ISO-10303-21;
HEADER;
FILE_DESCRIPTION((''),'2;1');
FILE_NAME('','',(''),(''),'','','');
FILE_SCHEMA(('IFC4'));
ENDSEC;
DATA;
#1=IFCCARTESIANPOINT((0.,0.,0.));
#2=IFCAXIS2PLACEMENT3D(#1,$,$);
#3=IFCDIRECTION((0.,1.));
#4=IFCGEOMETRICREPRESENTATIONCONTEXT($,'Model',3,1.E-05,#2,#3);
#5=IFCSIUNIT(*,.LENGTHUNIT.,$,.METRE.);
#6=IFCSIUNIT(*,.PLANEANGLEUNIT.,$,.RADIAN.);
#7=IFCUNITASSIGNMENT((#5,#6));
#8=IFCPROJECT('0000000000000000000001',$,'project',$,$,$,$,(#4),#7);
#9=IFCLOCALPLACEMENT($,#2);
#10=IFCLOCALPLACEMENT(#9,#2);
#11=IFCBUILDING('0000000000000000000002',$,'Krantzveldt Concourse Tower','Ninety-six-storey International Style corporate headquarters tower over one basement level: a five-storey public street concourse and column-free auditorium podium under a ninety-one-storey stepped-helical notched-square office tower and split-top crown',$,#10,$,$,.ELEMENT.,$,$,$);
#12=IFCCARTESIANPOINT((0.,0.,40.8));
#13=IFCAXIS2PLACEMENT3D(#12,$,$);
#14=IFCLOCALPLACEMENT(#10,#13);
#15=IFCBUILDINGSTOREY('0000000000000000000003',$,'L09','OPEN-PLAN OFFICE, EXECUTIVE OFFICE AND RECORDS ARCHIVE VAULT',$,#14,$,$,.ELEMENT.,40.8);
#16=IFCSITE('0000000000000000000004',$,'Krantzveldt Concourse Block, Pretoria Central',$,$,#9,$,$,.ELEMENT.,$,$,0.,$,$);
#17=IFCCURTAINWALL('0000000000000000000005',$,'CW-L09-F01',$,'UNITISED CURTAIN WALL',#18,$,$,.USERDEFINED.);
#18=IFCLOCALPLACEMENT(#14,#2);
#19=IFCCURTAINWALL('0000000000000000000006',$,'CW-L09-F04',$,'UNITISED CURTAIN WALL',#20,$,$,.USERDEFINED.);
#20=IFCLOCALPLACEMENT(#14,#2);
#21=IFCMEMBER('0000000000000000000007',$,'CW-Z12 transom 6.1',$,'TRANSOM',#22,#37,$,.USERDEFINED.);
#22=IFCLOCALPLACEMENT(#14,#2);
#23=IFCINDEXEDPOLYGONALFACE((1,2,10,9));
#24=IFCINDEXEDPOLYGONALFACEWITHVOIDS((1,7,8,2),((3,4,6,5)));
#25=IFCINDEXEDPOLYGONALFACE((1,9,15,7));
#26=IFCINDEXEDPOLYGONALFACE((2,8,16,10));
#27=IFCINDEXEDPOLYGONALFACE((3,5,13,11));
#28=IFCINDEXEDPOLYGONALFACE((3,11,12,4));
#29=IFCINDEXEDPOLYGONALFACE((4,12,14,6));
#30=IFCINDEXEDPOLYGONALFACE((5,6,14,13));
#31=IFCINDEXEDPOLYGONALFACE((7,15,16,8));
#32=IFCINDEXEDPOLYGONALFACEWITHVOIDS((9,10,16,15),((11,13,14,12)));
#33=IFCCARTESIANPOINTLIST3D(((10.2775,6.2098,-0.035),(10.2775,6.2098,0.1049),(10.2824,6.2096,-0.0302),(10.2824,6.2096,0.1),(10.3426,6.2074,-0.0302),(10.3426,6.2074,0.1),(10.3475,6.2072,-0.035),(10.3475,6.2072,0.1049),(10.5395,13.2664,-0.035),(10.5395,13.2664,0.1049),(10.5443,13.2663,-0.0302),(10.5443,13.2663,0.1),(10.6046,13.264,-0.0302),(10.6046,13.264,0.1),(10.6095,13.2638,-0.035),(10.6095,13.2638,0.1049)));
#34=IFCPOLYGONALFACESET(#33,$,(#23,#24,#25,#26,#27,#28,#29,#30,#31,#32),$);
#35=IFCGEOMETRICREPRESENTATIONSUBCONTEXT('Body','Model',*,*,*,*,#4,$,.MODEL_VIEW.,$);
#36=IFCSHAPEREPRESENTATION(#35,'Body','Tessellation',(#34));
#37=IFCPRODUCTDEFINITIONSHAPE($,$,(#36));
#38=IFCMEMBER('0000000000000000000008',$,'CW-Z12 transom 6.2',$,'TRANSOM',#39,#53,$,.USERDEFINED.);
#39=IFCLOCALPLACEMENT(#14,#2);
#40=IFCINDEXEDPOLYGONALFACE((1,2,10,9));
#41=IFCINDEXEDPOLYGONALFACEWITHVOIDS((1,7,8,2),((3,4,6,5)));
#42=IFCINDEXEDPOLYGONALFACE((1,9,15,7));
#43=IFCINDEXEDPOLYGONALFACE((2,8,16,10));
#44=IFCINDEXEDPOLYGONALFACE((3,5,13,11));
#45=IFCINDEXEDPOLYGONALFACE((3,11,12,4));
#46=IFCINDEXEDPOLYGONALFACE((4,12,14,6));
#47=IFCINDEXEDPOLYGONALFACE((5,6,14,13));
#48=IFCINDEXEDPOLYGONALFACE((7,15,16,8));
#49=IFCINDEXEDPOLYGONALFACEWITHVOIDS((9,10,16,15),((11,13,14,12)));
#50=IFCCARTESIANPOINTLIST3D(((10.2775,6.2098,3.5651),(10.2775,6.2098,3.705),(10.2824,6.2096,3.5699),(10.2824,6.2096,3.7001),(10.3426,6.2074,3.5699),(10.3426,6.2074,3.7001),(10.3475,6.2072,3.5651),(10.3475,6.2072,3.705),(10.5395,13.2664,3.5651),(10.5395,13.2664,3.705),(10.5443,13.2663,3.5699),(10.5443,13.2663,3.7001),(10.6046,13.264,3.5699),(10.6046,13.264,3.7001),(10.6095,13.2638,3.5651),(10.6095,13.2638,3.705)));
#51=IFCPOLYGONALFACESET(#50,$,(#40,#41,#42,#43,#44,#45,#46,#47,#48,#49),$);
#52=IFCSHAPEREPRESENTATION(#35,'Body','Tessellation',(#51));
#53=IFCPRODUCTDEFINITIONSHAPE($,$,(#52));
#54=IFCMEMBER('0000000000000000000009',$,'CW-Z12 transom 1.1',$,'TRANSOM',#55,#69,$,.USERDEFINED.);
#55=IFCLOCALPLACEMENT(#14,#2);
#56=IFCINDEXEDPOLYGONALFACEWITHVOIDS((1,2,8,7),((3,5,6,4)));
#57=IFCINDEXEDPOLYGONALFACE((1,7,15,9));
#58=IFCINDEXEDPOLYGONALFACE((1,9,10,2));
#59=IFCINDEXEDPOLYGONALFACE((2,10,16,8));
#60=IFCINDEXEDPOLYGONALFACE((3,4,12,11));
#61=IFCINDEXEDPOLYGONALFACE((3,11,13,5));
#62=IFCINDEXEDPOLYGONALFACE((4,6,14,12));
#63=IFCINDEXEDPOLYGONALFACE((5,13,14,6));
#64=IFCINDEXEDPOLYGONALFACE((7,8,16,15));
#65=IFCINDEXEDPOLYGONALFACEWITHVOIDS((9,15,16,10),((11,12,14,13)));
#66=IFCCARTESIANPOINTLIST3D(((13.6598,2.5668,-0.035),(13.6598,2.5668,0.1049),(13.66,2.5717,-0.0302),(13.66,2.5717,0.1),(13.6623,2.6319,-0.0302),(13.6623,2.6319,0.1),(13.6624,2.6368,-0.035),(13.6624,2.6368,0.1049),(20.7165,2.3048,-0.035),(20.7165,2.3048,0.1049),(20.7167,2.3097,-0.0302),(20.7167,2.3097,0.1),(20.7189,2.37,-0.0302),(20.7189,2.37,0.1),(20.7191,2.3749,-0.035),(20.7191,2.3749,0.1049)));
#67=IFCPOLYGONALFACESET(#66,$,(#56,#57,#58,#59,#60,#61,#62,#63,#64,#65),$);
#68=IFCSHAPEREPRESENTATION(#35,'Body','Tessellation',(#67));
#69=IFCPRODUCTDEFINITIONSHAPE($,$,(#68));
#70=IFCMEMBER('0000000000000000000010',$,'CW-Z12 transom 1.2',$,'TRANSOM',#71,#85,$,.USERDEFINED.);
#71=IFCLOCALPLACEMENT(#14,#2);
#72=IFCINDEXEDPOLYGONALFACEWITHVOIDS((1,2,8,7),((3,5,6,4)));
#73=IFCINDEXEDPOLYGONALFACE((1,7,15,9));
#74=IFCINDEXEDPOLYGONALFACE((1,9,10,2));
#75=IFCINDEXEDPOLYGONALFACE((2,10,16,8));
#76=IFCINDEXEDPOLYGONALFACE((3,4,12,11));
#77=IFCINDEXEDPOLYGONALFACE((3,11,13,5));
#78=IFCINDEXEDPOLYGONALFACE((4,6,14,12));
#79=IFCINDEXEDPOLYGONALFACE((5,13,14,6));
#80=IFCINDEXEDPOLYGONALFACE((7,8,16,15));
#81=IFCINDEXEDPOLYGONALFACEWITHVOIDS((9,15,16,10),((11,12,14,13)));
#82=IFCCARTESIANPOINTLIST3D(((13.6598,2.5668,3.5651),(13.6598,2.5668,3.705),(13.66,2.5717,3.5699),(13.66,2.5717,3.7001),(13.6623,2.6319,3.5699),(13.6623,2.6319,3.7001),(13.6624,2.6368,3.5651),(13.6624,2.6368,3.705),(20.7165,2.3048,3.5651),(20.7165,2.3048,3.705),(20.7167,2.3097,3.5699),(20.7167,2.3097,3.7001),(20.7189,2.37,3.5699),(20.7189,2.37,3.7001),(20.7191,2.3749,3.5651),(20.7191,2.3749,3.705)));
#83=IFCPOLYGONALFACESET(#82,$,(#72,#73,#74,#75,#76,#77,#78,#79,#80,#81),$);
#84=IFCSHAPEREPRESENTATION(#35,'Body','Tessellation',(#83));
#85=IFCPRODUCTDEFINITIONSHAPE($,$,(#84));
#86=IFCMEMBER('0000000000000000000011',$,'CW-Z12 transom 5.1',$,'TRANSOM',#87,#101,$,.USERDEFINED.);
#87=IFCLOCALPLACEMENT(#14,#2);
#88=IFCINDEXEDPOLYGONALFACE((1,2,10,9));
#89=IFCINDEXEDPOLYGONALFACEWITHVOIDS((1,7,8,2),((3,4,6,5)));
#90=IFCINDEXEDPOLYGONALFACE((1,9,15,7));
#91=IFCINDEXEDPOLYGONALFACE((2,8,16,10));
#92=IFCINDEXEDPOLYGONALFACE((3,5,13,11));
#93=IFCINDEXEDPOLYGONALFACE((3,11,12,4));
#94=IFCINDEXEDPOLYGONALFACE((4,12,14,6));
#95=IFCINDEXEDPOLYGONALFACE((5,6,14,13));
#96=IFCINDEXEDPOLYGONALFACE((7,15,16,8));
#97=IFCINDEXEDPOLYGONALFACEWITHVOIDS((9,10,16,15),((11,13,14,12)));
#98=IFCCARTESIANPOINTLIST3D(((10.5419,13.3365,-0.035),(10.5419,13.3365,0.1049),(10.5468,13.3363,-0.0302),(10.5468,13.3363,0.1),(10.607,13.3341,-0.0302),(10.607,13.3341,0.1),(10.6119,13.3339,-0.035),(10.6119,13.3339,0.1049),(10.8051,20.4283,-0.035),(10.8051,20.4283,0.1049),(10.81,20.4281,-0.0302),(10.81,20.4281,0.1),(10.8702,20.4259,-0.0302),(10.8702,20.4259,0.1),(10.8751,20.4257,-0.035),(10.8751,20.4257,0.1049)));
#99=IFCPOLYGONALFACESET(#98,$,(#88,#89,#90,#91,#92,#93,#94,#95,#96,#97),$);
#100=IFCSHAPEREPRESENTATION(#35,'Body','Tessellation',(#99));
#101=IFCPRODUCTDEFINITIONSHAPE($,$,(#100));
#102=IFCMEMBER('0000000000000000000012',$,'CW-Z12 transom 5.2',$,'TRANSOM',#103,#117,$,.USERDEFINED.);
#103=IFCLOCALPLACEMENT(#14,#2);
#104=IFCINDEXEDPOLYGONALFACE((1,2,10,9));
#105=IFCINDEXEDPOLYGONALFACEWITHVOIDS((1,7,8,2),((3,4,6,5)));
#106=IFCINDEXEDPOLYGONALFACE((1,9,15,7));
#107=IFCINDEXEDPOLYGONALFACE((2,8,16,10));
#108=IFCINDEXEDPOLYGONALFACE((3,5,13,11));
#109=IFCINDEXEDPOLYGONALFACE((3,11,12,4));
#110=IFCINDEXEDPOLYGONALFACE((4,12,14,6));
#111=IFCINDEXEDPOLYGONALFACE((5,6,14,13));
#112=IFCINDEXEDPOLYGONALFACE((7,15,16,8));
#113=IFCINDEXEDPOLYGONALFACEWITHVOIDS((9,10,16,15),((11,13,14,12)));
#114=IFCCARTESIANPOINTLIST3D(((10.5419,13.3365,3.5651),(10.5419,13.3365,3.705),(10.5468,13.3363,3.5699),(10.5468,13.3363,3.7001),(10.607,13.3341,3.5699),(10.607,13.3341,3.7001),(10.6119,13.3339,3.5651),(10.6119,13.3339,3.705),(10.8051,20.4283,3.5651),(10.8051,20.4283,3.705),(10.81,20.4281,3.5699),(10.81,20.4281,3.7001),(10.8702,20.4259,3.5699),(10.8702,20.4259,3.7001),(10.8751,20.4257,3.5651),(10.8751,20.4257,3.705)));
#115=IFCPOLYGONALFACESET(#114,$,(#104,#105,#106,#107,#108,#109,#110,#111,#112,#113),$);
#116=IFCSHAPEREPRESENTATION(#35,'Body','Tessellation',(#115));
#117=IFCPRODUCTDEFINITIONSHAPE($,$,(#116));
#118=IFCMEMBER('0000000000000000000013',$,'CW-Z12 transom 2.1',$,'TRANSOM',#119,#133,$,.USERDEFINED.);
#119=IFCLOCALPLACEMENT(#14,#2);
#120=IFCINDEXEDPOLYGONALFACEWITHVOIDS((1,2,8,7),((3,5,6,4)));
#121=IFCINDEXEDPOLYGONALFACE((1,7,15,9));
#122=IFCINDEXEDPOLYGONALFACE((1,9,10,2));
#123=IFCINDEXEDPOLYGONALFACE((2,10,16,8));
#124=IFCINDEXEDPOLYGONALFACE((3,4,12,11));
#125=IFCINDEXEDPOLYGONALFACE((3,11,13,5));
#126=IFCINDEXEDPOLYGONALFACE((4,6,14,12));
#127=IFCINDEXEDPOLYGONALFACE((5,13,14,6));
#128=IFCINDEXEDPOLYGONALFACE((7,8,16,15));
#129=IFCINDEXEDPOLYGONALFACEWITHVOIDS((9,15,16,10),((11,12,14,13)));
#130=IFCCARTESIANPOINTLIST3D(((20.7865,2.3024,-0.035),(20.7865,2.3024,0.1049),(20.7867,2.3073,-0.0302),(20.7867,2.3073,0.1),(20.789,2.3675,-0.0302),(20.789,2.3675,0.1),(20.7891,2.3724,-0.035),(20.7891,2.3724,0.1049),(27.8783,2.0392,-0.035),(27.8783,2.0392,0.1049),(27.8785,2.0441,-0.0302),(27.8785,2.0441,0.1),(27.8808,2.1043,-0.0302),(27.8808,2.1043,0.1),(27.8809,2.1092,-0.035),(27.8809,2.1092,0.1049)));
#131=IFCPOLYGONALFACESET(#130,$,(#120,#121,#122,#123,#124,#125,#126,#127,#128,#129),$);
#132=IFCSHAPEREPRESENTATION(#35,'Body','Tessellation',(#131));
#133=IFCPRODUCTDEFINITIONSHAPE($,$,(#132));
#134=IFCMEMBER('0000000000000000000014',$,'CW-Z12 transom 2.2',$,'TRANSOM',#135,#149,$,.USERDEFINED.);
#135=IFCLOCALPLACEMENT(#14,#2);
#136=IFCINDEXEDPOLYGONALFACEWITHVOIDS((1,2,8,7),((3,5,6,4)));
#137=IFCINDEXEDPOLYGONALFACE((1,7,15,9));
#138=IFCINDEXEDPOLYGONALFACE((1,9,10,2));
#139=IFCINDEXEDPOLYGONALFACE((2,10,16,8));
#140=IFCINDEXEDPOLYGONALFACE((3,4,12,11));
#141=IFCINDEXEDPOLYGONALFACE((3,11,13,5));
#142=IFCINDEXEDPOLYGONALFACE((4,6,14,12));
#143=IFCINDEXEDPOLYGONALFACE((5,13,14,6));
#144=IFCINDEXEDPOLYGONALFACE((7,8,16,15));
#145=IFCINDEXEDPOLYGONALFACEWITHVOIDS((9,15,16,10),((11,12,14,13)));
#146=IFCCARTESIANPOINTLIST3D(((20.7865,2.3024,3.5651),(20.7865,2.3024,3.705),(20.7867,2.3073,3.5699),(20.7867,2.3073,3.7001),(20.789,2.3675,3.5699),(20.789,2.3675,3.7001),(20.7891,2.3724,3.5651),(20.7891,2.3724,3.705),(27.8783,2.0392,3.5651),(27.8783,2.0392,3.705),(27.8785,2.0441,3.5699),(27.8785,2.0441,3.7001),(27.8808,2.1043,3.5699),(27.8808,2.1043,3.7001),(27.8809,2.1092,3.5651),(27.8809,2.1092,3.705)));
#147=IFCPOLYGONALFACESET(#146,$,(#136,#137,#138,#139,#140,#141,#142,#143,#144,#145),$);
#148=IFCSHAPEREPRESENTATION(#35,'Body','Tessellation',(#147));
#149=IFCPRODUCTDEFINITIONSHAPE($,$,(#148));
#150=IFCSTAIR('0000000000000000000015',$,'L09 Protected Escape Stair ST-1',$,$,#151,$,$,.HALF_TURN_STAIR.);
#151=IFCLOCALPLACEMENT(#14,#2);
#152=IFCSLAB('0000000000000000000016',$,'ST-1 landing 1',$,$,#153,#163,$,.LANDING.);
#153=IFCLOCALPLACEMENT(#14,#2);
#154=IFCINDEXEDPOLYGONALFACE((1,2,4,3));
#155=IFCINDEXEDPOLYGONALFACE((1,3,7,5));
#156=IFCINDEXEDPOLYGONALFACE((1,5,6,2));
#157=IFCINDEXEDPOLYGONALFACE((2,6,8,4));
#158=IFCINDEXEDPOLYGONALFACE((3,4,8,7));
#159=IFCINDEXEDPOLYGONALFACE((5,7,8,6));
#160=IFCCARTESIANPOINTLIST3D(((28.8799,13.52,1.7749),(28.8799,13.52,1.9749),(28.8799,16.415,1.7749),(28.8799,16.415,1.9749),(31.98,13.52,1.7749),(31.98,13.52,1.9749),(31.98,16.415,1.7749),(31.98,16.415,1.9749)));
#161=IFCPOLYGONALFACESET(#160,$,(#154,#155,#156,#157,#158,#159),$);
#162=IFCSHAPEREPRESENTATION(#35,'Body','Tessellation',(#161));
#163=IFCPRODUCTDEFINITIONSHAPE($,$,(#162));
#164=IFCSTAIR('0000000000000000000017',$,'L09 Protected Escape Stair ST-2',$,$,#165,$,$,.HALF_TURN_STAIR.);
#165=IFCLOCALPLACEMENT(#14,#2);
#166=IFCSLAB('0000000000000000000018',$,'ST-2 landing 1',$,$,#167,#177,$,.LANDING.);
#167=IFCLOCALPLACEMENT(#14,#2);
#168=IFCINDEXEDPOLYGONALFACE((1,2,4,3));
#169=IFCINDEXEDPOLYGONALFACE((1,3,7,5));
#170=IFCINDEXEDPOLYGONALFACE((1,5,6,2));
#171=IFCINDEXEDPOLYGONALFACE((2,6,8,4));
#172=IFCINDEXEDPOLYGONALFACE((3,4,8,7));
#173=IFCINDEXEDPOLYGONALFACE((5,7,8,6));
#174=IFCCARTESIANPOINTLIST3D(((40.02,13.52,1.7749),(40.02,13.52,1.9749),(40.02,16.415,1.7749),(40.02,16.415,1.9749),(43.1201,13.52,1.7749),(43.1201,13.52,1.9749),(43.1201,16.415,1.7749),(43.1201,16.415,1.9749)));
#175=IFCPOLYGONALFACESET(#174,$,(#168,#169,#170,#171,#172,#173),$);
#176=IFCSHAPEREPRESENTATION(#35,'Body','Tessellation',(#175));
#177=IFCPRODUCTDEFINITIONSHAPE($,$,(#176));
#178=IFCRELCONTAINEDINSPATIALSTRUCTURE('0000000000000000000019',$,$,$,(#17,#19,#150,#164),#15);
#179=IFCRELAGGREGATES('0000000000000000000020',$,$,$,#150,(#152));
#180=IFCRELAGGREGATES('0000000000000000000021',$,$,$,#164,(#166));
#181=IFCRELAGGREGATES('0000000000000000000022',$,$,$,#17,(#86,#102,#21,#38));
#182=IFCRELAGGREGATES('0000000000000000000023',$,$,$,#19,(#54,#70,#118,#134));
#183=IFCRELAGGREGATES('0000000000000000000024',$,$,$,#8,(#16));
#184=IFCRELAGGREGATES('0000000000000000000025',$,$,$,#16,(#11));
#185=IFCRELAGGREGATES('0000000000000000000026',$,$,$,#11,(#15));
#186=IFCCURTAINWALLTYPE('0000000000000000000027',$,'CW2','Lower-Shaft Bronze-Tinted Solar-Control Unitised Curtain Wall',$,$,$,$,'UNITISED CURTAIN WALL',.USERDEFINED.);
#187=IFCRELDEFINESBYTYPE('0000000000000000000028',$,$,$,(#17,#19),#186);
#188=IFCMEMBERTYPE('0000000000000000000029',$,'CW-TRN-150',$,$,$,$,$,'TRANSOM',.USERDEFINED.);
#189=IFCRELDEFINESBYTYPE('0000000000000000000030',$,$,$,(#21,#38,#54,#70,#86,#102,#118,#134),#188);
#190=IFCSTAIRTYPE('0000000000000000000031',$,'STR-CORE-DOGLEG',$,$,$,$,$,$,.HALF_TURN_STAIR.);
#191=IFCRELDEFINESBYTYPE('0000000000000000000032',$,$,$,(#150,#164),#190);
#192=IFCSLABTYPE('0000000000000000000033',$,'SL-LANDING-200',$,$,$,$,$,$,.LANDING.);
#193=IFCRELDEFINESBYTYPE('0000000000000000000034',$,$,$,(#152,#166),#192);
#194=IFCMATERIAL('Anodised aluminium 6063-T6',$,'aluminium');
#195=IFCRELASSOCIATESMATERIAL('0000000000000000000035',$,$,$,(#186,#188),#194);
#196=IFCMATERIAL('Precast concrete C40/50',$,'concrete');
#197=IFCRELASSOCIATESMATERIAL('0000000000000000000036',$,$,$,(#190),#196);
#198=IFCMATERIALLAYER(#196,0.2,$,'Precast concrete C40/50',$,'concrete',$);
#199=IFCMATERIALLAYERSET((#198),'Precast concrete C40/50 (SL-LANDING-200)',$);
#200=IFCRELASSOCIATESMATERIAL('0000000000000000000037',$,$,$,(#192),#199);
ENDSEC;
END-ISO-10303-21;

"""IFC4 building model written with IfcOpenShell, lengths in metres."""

from ifc_helpers import new_model, si_unit, direction, frame, origin, origin_2d, place, context, subcontext, project, spatial, polyline, hollow_rectangle, outline, extrude, source, transform, mapped, material, layer, layer_set, material_profile, profile_set, type_object, type_shapes, element, aggregate, save


model = new_model("IFC4")

# Units and contexts
model_context = context("Model", 3, precision=1e-05, world=origin(), true_north=direction((0.0, 1.0)))
body_context = subcontext(model_context, "Body", "Model", "MODEL_VIEW")
ifc_project = project(units=[si_unit("LENGTHUNIT", "METRE"), si_unit("PLANEANGLEUNIT", "RADIAN")], contexts=[model_context])

# Site, building, storey
site_placement = place(None, origin())
site = spatial("IfcSite", under=ifc_project, at=site_placement, Name="Krantzveldt Concourse Block, Pretoria Central", CompositionType="ELEMENT", RefElevation=0.0)
building_placement = place(site_placement, origin())
building = spatial("IfcBuilding", under=site, at=building_placement, Name="Krantzveldt Concourse Tower", Description="Ninety-six-storey International Style corporate headquarters tower over one basement level: a five-storey public street concourse and column-free auditorium podium under a ninety-one-storey stepped-helical notched-square office tower and split-top crown", CompositionType="ELEMENT")
storey_placement = place(building_placement, frame((0.0, 0.0, 40.8)))
storey = spatial("IfcBuildingStorey", under=building, at=storey_placement, Name="L09", Description="OPEN-PLAN OFFICE, EXECUTIVE OFFICE AND RECORDS ARCHIVE VAULT", CompositionType="ELEMENT", Elevation=40.8)

# Curtain walls
ifc_material_1 = material(Name="Anodised aluminium 6063-T6", Category="aluminium")
curtain_wall_type = type_object("IfcCurtainWallType", Name="CW2", Description="Lower-Shaft Bronze-Tinted Solar-Control Unitised Curtain Wall", ElementType="UNITISED CURTAIN WALL", PredefinedType="USERDEFINED", material=ifc_material_1)
curtain_wall_1_placement = place(storey_placement, origin())
curtain_wall_1 = element("IfcCurtainWall", 1, at=curtain_wall_1_placement, inside=storey, type_object=curtain_wall_type, Name="CW-L09-F01", ObjectType="UNITISED CURTAIN WALL", PredefinedType="USERDEFINED")
curtain_wall_2_placement = place(storey_placement, origin())
curtain_wall_2 = element("IfcCurtainWall", 2, at=curtain_wall_2_placement, inside=storey, type_object=curtain_wall_type, Name="CW-L09-F04", ObjectType="UNITISED CURTAIN WALL", PredefinedType="USERDEFINED")

# Members
ifc_material_profile_1 = material_profile(ifc_material_1, hollow_rectangle(XDim=0.0701, YDim=0.1399, WallThickness=0.0049, at=origin_2d()), Name="Anodised aluminium 6063-T6", Category="aluminium")
ifc_profile_set_1 = profile_set([ifc_material_profile_1], Name="Anodised aluminium 6063-T6 - ALU-TRAN 140x70x5")
member_type_1 = type_object("IfcMemberType", Name="CW-TRN-150", ElementType="TRANSOM", PredefinedType="USERDEFINED", material=ifc_profile_set_1)
shared_shape_1 = source(origin(), body_context, "Body", "SweptSolid", [
    extrude(hollow_rectangle(XDim=0.0701, YDim=0.1399, WallThickness=0.0049, at=origin_2d()), origin(), (0.0, 0.0, 1.0), 7.0615),
])
member_1_placement = place(storey_placement, frame((10.5745, 13.2651, 0.0349), z_axis=(-0.037097, -0.999312, 0.0), x_axis=(0.999312, -0.037097, 0.0)))
member_1 = element("IfcMember", 3, at=member_1_placement, type_object=member_type_1, Name="CW-Z12 transom 6.1", ObjectType="TRANSOM", PredefinedType="USERDEFINED", context=body_context, shape_type="MappedRepresentation", body=[
    mapped(shared_shape_1, transform((0.0, 0.0, 0.0), x_axis=(1.0, 0.0, 0.0), y_axis=(0.0, 1.0, 0.0), z_axis=(0.0, 0.0, 1.0), scale=1.0)),
])
member_2_placement = place(storey_placement, frame((10.5745, 13.2651, 3.635), z_axis=(-0.037097, -0.999312, 0.0), x_axis=(0.999312, -0.037097, 0.0)))
member_2 = element("IfcMember", 4, at=member_2_placement, type_object=member_type_1, Name="CW-Z12 transom 6.2", ObjectType="TRANSOM", PredefinedType="USERDEFINED", context=body_context, shape_type="MappedRepresentation", body=[
    mapped(shared_shape_1, transform((0.0, 0.0, 0.0), x_axis=(1.0, 0.0, 0.0), y_axis=(0.0, 1.0, 0.0), z_axis=(0.0, 0.0, 1.0), scale=1.0)),
])
member_3_placement = place(storey_placement, frame((13.6611, 2.6018, 0.0349), z_axis=(0.999312, -0.037097, 0.0), x_axis=(0.037097, 0.999312, 0.0)))
member_3 = element("IfcMember", 5, at=member_3_placement, type_object=member_type_1, Name="CW-Z12 transom 1.1", ObjectType="TRANSOM", PredefinedType="USERDEFINED", context=body_context, shape_type="MappedRepresentation", body=[
    mapped(shared_shape_1, transform((0.0, 0.0, 0.0), x_axis=(1.0, 0.0, 0.0), y_axis=(0.0, 1.0, 0.0), z_axis=(0.0, 0.0, 1.0), scale=1.0)),
])
member_4_placement = place(storey_placement, frame((13.6611, 2.6018, 3.635), z_axis=(0.999312, -0.037097, 0.0), x_axis=(0.037097, 0.999312, 0.0)))
member_4 = element("IfcMember", 6, at=member_4_placement, type_object=member_type_1, Name="CW-Z12 transom 1.2", ObjectType="TRANSOM", PredefinedType="USERDEFINED", context=body_context, shape_type="MappedRepresentation", body=[
    mapped(shared_shape_1, transform((0.0, 0.0, 0.0), x_axis=(1.0, 0.0, 0.0), y_axis=(0.0, 1.0, 0.0), z_axis=(0.0, 0.0, 1.0), scale=1.0)),
])
shared_shape_2 = source(origin(), body_context, "Body", "SweptSolid", [
    extrude(hollow_rectangle(XDim=0.0701, YDim=0.1399, WallThickness=0.0049, at=origin_2d()), origin(), (0.0, 0.0, 1.0), 7.0967),
])
type_shapes(member_type_1, [shared_shape_1, shared_shape_2])
member_5_placement = place(storey_placement, frame((10.8401, 20.427, 0.0349), z_axis=(-0.037085, -0.999312, 0.0), x_axis=(0.999312, -0.037085, 0.0)))
member_5 = element("IfcMember", 7, at=member_5_placement, type_object=member_type_1, Name="CW-Z12 transom 5.1", ObjectType="TRANSOM", PredefinedType="USERDEFINED", context=body_context, shape_type="MappedRepresentation", body=[
    mapped(shared_shape_2, transform((0.0, 0.0, 0.0), x_axis=(1.0, 0.0, 0.0), y_axis=(0.0, 1.0, 0.0), z_axis=(0.0, 0.0, 1.0), scale=1.0)),
])
member_6_placement = place(storey_placement, frame((10.8401, 20.427, 3.635), z_axis=(-0.037085, -0.999312, 0.0), x_axis=(0.999312, -0.037085, 0.0)))
member_6 = element("IfcMember", 8, at=member_6_placement, type_object=member_type_1, Name="CW-Z12 transom 5.2", ObjectType="TRANSOM", PredefinedType="USERDEFINED", context=body_context, shape_type="MappedRepresentation", body=[
    mapped(shared_shape_2, transform((0.0, 0.0, 0.0), x_axis=(1.0, 0.0, 0.0), y_axis=(0.0, 1.0, 0.0), z_axis=(0.0, 0.0, 1.0), scale=1.0)),
])
member_7_placement = place(storey_placement, frame((20.7878, 2.3374, 0.0349), z_axis=(0.999312, -0.037085, 0.0), x_axis=(0.037085, 0.999312, 0.0)))
member_7 = element("IfcMember", 9, at=member_7_placement, type_object=member_type_1, Name="CW-Z12 transom 2.1", ObjectType="TRANSOM", PredefinedType="USERDEFINED", context=body_context, shape_type="MappedRepresentation", body=[
    mapped(shared_shape_2, transform((0.0, 0.0, 0.0), x_axis=(1.0, 0.0, 0.0), y_axis=(0.0, 1.0, 0.0), z_axis=(0.0, 0.0, 1.0), scale=1.0)),
])
member_8_placement = place(storey_placement, frame((20.7878, 2.3374, 3.635), z_axis=(0.999312, -0.037085, 0.0), x_axis=(0.037085, 0.999312, 0.0)))
member_8 = element("IfcMember", 10, at=member_8_placement, type_object=member_type_1, Name="CW-Z12 transom 2.2", ObjectType="TRANSOM", PredefinedType="USERDEFINED", context=body_context, shape_type="MappedRepresentation", body=[
    mapped(shared_shape_2, transform((0.0, 0.0, 0.0), x_axis=(1.0, 0.0, 0.0), y_axis=(0.0, 1.0, 0.0), z_axis=(0.0, 0.0, 1.0), scale=1.0)),
])

# Stairs, slabs
ifc_material_2 = material(Name="Precast concrete C40/50", Category="concrete")
stair_type = type_object("IfcStairType", Name="STR-CORE-DOGLEG", PredefinedType="HALF_TURN_STAIR", material=ifc_material_2)
stair_1_placement = place(storey_placement, origin())
stair_1 = element("IfcStair", 11, at=stair_1_placement, inside=storey, type_object=stair_type, Name="L09 Protected Escape Stair ST-1", PredefinedType="HALF_TURN_STAIR")
ifc_layer_1 = layer(ifc_material_2, 0.2, Name="Precast concrete C40/50", Category="concrete")
ifc_layer_set_1 = layer_set([ifc_layer_1], Name="Precast concrete C40/50 (SL-LANDING-200)")
slab_type_1 = type_object("IfcSlabType", Name="SL-LANDING-200", PredefinedType="LANDING", material=ifc_layer_set_1)
slab_1_placement = place(storey_placement, frame((0.0, 0.0, 1.7749)))
slab_1 = element("IfcSlab", 12, at=slab_1_placement, type_object=slab_type_1, Name="ST-1 landing 1", PredefinedType="LANDING", context=body_context, shape_type="SweptSolid", body=[
    extrude(outline(polyline([(28.8799, 16.415), (28.8799, 13.52), (31.98, 13.52), (31.98, 16.415), (28.8799, 16.415)])), origin(), (0.0, 0.0, 1.0), 0.2),
])
aggregate(stair_1, [slab_1])
stair_2_placement = place(storey_placement, origin())
stair_2 = element("IfcStair", 13, at=stair_2_placement, inside=storey, type_object=stair_type, Name="L09 Protected Escape Stair ST-2", PredefinedType="HALF_TURN_STAIR")
slab_2_placement = place(storey_placement, frame((0.0, 0.0, 1.7749)))
slab_2 = element("IfcSlab", 14, at=slab_2_placement, type_object=slab_type_1, Name="ST-2 landing 1", PredefinedType="LANDING", context=body_context, shape_type="SweptSolid", body=[
    extrude(outline(polyline([(40.02, 16.415), (40.02, 13.52), (43.1201, 13.52), (43.1201, 16.415), (40.02, 16.415)])), origin(), (0.0, 0.0, 1.0), 0.2),
])
aggregate(stair_2, [slab_2])

aggregate(curtain_wall_1, [member_5, member_6, member_1, member_2])
aggregate(curtain_wall_2, [member_3, member_4, member_7, member_8])

save(model, "model.ifc")
